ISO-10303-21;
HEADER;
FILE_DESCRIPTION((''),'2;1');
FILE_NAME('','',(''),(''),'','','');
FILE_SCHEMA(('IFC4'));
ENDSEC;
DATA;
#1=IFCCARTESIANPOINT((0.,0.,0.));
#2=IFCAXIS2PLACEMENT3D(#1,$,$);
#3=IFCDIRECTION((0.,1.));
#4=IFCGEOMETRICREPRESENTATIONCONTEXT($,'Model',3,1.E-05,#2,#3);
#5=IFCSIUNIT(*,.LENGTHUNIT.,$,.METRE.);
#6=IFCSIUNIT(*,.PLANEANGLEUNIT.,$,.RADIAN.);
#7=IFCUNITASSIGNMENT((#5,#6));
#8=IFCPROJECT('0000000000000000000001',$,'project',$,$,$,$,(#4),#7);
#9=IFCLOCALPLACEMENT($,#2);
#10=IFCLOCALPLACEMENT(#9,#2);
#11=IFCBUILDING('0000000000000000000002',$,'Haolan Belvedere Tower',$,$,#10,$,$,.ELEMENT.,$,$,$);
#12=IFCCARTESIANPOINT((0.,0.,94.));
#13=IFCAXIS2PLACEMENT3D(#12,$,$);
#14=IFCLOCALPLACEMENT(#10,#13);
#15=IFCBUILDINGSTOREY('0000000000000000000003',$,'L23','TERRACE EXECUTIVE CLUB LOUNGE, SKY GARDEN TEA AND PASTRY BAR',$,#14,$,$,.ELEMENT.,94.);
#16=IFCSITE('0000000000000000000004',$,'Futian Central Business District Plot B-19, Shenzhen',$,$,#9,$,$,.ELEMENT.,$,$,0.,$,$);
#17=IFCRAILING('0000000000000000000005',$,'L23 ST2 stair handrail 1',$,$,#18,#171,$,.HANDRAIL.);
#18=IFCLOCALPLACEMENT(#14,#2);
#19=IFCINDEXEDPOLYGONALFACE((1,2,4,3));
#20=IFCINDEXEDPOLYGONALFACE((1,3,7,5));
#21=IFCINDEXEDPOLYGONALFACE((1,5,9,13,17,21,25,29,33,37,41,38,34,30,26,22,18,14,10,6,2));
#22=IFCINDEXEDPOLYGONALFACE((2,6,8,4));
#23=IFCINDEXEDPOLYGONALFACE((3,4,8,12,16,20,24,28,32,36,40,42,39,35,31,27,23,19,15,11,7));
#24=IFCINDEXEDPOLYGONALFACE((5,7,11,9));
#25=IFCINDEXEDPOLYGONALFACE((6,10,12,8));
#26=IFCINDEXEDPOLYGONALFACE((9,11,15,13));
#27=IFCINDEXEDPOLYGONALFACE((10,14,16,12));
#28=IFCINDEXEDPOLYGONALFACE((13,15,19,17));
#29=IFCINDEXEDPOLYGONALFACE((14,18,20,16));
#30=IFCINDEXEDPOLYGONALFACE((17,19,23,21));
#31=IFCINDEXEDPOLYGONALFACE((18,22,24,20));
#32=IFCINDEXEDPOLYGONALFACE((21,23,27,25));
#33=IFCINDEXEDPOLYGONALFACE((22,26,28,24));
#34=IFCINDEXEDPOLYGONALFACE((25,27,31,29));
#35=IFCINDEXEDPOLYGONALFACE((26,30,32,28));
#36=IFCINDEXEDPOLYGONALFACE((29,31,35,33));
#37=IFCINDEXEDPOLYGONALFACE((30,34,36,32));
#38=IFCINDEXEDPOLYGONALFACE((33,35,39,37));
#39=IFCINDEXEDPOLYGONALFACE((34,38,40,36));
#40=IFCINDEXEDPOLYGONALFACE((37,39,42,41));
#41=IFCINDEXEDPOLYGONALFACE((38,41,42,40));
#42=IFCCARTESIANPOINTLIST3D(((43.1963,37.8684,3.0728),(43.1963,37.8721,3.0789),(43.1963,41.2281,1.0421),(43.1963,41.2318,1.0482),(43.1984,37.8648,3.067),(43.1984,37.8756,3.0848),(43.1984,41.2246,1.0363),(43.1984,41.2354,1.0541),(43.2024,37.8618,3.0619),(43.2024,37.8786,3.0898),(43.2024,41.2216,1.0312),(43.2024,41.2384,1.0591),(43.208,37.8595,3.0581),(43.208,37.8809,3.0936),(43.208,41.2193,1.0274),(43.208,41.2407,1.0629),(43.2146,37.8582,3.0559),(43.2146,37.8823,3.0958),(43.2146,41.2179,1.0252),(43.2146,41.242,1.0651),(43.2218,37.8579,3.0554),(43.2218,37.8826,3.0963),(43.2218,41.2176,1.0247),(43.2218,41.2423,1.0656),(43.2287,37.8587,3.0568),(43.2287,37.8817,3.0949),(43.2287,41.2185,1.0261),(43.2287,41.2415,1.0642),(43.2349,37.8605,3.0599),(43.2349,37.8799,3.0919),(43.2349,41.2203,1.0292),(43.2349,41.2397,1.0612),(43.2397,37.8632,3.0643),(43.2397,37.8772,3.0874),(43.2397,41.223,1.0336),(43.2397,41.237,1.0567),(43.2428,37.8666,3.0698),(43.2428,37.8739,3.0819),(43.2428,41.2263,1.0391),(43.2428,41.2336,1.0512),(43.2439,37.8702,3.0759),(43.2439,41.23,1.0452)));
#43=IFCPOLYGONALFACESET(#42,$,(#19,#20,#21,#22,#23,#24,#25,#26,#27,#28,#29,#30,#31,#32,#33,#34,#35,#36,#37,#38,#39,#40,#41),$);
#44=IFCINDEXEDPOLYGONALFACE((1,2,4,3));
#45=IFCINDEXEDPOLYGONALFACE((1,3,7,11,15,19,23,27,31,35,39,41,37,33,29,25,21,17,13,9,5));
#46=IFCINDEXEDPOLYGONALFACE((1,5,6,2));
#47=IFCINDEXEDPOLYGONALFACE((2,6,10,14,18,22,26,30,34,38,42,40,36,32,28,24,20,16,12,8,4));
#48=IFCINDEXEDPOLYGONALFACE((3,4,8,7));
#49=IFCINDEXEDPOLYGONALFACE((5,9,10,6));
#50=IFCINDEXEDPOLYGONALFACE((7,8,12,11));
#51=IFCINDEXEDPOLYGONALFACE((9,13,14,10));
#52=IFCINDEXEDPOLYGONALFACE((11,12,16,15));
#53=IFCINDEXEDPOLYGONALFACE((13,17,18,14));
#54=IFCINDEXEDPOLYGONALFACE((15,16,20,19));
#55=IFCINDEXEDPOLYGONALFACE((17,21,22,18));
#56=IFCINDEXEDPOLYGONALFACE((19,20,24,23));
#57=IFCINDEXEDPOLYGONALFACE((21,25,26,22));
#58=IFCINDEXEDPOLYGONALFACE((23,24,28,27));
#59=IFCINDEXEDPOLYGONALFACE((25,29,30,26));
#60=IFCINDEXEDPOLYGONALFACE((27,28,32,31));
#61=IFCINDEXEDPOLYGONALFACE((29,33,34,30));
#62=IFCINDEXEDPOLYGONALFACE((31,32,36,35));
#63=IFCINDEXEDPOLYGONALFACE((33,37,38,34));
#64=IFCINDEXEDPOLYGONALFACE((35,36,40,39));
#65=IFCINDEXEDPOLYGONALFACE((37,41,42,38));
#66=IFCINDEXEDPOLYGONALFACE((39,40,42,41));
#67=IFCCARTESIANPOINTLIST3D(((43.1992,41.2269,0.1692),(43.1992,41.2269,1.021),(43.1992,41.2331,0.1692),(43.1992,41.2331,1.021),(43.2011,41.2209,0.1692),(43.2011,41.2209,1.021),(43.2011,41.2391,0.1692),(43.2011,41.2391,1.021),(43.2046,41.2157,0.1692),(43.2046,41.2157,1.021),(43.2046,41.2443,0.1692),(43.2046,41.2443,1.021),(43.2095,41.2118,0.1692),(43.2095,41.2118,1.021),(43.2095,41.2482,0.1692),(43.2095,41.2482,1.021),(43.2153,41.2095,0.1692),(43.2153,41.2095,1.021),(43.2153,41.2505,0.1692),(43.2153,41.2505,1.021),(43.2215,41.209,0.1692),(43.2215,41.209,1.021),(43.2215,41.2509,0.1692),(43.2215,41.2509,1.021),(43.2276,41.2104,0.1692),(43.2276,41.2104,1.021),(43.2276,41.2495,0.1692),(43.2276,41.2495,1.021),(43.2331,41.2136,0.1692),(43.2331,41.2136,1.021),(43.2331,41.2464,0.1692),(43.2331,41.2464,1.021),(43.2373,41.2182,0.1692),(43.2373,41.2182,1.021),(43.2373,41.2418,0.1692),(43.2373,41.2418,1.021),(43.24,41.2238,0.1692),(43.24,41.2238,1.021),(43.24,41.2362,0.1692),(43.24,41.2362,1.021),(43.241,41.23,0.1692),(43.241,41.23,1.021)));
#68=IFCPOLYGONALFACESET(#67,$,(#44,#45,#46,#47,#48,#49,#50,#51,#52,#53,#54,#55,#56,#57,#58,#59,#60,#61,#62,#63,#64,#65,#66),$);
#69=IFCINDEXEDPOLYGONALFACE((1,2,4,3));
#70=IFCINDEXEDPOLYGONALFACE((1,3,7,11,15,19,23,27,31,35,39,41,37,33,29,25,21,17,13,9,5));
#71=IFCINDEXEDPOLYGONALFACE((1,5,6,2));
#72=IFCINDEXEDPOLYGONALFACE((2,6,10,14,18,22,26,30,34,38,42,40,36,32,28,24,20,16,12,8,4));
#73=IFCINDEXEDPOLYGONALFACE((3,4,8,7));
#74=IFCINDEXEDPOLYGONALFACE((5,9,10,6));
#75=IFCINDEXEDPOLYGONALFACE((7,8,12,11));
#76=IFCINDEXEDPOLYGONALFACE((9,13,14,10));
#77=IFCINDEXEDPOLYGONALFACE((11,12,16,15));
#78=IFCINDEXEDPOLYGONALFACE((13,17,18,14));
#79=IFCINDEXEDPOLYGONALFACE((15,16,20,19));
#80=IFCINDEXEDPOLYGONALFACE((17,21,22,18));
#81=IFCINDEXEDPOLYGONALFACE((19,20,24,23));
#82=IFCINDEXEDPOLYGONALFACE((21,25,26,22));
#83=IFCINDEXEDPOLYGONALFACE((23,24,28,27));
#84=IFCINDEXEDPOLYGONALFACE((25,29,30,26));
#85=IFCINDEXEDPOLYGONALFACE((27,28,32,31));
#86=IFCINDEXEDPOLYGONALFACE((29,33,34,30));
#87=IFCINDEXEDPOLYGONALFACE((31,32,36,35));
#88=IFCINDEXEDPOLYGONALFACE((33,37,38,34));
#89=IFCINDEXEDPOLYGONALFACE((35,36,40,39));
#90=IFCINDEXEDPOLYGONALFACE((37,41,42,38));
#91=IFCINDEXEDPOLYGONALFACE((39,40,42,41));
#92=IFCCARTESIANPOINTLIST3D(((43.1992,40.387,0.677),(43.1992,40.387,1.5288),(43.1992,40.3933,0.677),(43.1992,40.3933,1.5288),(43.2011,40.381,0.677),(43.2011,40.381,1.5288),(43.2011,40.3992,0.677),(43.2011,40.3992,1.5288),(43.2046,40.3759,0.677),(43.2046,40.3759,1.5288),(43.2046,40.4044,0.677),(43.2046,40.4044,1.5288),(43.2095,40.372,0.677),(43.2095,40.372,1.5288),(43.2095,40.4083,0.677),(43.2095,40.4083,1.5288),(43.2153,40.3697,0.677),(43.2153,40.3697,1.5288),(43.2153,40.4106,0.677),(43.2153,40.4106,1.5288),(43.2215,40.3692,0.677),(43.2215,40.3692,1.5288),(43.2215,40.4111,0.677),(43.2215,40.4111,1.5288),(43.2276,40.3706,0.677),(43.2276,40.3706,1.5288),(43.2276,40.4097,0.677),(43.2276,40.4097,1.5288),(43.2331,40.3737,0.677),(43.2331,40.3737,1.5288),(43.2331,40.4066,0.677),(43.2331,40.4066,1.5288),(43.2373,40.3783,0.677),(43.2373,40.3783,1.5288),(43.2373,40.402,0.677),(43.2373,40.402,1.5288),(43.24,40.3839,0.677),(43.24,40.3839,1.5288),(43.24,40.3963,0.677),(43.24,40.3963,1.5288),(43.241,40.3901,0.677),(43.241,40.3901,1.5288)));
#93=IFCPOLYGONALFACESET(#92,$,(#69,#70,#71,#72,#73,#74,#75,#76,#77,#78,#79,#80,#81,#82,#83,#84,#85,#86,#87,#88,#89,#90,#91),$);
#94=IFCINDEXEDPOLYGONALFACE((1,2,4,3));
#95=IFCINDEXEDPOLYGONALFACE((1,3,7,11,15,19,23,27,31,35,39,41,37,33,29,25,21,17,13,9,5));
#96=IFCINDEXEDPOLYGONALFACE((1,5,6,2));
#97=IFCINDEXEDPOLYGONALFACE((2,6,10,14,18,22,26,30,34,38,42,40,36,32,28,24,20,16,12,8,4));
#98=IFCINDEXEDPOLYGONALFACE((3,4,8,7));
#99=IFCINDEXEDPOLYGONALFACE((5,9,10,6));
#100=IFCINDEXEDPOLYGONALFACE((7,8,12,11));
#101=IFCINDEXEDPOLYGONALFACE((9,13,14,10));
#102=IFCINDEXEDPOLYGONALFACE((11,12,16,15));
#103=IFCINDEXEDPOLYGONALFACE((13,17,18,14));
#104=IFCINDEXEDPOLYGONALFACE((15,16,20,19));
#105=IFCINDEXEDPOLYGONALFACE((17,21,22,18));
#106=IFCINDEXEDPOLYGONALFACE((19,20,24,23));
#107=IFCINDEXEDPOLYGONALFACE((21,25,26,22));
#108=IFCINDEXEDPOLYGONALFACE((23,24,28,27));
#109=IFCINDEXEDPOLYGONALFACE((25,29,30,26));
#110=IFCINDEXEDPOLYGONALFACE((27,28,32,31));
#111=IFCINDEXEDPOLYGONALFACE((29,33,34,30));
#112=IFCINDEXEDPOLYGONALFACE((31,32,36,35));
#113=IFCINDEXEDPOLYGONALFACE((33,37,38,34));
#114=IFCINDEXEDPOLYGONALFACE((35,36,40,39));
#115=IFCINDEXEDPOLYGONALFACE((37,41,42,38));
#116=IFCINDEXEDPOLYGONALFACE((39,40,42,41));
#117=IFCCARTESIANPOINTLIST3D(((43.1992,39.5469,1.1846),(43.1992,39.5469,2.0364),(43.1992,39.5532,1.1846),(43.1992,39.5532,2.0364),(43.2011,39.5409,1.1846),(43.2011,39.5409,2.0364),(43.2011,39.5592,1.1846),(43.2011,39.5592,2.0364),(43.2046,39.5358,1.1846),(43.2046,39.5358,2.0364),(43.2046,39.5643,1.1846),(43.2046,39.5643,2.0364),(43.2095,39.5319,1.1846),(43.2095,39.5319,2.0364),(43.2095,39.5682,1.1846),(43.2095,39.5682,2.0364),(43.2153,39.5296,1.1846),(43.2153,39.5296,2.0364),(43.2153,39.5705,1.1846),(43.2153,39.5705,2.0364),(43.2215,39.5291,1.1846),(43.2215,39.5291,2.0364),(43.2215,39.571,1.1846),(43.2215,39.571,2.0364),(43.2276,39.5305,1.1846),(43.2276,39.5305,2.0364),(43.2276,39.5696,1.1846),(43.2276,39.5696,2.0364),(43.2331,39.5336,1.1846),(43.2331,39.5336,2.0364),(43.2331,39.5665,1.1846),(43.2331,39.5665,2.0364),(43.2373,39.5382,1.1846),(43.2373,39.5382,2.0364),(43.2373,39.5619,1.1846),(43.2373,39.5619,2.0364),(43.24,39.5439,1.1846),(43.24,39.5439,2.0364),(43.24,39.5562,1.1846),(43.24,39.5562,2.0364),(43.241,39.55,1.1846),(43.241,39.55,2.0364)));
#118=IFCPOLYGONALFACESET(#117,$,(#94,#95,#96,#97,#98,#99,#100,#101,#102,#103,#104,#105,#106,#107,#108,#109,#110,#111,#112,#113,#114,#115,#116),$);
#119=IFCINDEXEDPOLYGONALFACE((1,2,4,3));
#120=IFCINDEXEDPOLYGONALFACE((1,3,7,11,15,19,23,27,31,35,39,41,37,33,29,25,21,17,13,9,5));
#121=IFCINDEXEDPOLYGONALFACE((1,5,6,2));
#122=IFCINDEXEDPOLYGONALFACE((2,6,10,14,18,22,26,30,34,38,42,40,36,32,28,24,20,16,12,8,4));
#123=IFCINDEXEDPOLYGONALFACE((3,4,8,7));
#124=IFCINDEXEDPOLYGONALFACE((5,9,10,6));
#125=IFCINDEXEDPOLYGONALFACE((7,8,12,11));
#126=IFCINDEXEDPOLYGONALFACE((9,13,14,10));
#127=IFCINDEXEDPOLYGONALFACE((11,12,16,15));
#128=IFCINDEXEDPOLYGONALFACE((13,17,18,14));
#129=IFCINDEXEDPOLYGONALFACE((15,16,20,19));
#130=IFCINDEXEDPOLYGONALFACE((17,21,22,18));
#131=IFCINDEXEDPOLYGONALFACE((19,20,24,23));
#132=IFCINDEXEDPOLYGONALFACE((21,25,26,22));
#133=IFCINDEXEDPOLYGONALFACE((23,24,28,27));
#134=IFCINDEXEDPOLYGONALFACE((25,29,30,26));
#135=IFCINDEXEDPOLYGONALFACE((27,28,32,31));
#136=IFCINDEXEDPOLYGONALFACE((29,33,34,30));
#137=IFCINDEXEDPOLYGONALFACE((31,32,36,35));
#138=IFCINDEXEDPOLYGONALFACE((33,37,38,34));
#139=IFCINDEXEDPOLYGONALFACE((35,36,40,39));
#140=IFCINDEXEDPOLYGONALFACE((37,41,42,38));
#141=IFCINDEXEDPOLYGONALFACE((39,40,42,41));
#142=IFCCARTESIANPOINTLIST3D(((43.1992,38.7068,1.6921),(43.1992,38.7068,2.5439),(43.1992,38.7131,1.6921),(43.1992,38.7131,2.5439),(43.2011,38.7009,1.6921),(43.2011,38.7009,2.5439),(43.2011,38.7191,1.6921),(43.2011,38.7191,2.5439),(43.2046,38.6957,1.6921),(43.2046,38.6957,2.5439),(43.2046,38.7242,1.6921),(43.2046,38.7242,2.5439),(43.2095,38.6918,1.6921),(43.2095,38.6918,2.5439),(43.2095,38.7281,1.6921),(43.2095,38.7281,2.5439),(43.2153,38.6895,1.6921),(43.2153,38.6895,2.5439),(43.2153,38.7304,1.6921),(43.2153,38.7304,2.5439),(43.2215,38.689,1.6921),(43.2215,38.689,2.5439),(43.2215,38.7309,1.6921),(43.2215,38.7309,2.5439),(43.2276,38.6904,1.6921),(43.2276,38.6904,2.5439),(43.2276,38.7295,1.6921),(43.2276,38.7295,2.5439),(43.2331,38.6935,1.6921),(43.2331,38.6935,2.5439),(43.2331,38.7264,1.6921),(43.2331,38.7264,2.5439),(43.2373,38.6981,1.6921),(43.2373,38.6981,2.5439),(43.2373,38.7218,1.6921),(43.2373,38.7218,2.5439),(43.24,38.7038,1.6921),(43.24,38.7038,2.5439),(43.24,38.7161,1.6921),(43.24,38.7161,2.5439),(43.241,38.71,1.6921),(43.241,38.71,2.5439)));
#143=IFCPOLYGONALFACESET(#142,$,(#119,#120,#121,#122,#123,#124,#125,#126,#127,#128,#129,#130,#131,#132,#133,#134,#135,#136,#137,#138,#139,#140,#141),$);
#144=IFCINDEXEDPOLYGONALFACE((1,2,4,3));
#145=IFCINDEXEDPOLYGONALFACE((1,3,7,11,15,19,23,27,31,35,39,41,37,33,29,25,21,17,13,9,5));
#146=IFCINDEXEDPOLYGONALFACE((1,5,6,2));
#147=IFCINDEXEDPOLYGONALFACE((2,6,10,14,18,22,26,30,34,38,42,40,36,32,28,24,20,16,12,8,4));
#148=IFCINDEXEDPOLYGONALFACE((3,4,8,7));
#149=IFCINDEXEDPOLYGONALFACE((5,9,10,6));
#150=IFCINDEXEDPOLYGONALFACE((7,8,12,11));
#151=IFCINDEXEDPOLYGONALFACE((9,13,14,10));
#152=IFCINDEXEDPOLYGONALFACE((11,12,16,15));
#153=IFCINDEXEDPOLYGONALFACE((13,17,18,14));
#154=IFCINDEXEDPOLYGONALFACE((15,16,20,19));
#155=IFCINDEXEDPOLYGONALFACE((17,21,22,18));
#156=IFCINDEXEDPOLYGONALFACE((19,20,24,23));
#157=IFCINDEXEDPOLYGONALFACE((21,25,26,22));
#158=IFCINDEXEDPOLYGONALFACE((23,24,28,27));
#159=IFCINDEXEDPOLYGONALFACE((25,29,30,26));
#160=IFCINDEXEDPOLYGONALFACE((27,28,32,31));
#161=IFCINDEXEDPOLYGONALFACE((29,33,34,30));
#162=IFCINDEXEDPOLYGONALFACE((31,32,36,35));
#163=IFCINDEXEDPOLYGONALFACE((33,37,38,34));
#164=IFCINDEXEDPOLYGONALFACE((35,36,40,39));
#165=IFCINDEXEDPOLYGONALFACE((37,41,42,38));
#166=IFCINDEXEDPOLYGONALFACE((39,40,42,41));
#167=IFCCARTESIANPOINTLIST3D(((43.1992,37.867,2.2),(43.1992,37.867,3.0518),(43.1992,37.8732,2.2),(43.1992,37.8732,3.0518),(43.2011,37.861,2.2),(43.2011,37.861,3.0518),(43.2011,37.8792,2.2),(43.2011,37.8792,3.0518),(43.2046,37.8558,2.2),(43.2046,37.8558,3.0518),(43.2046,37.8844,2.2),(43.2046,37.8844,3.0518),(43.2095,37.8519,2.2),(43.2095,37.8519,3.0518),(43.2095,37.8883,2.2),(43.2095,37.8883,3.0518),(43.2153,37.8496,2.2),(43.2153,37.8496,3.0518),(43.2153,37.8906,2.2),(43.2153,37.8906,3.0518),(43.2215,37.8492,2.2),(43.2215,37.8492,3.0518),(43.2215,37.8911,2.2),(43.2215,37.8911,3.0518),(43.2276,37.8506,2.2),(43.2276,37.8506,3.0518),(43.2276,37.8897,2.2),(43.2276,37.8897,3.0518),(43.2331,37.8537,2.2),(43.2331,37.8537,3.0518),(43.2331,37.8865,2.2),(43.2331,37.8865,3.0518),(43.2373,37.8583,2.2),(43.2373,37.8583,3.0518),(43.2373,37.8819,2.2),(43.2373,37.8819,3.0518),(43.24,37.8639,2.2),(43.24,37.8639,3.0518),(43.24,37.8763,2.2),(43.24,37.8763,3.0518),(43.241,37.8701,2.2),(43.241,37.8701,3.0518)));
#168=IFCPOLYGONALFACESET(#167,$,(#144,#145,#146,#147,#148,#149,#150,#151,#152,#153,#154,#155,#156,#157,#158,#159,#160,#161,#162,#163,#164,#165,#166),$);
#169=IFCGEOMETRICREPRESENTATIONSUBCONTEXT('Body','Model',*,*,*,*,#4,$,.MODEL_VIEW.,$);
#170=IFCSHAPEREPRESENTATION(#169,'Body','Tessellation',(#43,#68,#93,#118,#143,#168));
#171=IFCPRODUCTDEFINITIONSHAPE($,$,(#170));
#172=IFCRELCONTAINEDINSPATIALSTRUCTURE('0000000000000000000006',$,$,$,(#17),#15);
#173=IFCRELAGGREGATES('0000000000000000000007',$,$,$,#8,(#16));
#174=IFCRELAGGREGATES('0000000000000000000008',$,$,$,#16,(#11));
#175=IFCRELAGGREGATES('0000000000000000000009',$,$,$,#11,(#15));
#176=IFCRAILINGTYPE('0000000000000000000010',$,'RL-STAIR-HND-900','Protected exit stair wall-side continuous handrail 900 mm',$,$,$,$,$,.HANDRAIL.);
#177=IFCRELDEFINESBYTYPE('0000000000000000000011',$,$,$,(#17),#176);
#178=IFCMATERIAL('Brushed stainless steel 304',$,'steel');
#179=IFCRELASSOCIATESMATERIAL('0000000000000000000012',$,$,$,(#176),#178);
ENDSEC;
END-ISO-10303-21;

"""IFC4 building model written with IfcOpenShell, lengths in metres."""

from ifc_helpers import new_model, si_unit, direction, frame, origin, origin_2d, place, context, subcontext, project, spatial, circle, extrude, material, type_object, element, save


model = new_model("IFC4")

# Units and contexts
model_context = context("Model", 3, precision=1e-05, world=origin(), true_north=direction((0.0, 1.0)))
body_context = subcontext(model_context, "Body", "Model", "MODEL_VIEW")
ifc_project = project(units=[si_unit("LENGTHUNIT", "METRE"), si_unit("PLANEANGLEUNIT", "RADIAN")], contexts=[model_context])

# Site, building, storey
site_placement = place(None, origin())
site = spatial("IfcSite", under=ifc_project, at=site_placement, Name="Futian Central Business District Plot B-19, Shenzhen", CompositionType="ELEMENT", RefElevation=0.0)
building_placement = place(site_placement, origin())
building = spatial("IfcBuilding", under=site, at=building_placement, Name="Haolan Belvedere Tower", CompositionType="ELEMENT")
storey_placement = place(building_placement, frame((0.0, 0.0, 94.0)))
storey = spatial("IfcBuildingStorey", under=building, at=storey_placement, Name="L23", Description="TERRACE EXECUTIVE CLUB LOUNGE, SKY GARDEN TEA AND PASTRY BAR", CompositionType="ELEMENT", Elevation=94.0)

# Railing
ifc_material_1 = material(Name="Brushed stainless steel 304", Category="steel")
railing_type_1 = type_object("IfcRailingType", Name="RL-STAIR-HND-900", Description="Protected exit stair wall-side continuous handrail 900 mm", PredefinedType="HANDRAIL", material=ifc_material_1)
railing_1_placement = place(storey_placement, frame((43.22, 41.23, 0.1692)))
element("IfcRailing", 1, at=railing_1_placement, inside=storey, type_object=railing_type_1, Name="L23 ST2 stair handrail 1", PredefinedType="HANDRAIL", context=body_context, shape_type="SweptSolid", body=[
    extrude(circle(Radius=0.0239, at=origin_2d()), frame((0.0, 0.0, 0.876), z_axis=(0.0, -0.85582, 0.517273), x_axis=(1.0, 0.0, 0.0)), (0.0, 0.0, 1.0), 3.9258),
    extrude(circle(Radius=0.021, at=origin_2d()), origin(), (0.0, 0.0, 1.0), 0.8518),
    extrude(circle(Radius=0.021, at=origin_2d()), frame((0.0, -0.8398, 0.5078)), (0.0, 0.0, 1.0), 0.8518),
    extrude(circle(Radius=0.021, at=origin_2d()), frame((0.0, -1.6799, 1.0154)), (0.0, 0.0, 1.0), 0.8518),
    extrude(circle(Radius=0.021, at=origin_2d()), frame((0.0, -2.52, 1.5229)), (0.0, 0.0, 1.0), 0.8518),
    extrude(circle(Radius=0.021, at=origin_2d()), frame((0.0, -3.3599, 2.0308)), (0.0, 0.0, 1.0), 0.8518),
])

save(model, "model.ifc")
